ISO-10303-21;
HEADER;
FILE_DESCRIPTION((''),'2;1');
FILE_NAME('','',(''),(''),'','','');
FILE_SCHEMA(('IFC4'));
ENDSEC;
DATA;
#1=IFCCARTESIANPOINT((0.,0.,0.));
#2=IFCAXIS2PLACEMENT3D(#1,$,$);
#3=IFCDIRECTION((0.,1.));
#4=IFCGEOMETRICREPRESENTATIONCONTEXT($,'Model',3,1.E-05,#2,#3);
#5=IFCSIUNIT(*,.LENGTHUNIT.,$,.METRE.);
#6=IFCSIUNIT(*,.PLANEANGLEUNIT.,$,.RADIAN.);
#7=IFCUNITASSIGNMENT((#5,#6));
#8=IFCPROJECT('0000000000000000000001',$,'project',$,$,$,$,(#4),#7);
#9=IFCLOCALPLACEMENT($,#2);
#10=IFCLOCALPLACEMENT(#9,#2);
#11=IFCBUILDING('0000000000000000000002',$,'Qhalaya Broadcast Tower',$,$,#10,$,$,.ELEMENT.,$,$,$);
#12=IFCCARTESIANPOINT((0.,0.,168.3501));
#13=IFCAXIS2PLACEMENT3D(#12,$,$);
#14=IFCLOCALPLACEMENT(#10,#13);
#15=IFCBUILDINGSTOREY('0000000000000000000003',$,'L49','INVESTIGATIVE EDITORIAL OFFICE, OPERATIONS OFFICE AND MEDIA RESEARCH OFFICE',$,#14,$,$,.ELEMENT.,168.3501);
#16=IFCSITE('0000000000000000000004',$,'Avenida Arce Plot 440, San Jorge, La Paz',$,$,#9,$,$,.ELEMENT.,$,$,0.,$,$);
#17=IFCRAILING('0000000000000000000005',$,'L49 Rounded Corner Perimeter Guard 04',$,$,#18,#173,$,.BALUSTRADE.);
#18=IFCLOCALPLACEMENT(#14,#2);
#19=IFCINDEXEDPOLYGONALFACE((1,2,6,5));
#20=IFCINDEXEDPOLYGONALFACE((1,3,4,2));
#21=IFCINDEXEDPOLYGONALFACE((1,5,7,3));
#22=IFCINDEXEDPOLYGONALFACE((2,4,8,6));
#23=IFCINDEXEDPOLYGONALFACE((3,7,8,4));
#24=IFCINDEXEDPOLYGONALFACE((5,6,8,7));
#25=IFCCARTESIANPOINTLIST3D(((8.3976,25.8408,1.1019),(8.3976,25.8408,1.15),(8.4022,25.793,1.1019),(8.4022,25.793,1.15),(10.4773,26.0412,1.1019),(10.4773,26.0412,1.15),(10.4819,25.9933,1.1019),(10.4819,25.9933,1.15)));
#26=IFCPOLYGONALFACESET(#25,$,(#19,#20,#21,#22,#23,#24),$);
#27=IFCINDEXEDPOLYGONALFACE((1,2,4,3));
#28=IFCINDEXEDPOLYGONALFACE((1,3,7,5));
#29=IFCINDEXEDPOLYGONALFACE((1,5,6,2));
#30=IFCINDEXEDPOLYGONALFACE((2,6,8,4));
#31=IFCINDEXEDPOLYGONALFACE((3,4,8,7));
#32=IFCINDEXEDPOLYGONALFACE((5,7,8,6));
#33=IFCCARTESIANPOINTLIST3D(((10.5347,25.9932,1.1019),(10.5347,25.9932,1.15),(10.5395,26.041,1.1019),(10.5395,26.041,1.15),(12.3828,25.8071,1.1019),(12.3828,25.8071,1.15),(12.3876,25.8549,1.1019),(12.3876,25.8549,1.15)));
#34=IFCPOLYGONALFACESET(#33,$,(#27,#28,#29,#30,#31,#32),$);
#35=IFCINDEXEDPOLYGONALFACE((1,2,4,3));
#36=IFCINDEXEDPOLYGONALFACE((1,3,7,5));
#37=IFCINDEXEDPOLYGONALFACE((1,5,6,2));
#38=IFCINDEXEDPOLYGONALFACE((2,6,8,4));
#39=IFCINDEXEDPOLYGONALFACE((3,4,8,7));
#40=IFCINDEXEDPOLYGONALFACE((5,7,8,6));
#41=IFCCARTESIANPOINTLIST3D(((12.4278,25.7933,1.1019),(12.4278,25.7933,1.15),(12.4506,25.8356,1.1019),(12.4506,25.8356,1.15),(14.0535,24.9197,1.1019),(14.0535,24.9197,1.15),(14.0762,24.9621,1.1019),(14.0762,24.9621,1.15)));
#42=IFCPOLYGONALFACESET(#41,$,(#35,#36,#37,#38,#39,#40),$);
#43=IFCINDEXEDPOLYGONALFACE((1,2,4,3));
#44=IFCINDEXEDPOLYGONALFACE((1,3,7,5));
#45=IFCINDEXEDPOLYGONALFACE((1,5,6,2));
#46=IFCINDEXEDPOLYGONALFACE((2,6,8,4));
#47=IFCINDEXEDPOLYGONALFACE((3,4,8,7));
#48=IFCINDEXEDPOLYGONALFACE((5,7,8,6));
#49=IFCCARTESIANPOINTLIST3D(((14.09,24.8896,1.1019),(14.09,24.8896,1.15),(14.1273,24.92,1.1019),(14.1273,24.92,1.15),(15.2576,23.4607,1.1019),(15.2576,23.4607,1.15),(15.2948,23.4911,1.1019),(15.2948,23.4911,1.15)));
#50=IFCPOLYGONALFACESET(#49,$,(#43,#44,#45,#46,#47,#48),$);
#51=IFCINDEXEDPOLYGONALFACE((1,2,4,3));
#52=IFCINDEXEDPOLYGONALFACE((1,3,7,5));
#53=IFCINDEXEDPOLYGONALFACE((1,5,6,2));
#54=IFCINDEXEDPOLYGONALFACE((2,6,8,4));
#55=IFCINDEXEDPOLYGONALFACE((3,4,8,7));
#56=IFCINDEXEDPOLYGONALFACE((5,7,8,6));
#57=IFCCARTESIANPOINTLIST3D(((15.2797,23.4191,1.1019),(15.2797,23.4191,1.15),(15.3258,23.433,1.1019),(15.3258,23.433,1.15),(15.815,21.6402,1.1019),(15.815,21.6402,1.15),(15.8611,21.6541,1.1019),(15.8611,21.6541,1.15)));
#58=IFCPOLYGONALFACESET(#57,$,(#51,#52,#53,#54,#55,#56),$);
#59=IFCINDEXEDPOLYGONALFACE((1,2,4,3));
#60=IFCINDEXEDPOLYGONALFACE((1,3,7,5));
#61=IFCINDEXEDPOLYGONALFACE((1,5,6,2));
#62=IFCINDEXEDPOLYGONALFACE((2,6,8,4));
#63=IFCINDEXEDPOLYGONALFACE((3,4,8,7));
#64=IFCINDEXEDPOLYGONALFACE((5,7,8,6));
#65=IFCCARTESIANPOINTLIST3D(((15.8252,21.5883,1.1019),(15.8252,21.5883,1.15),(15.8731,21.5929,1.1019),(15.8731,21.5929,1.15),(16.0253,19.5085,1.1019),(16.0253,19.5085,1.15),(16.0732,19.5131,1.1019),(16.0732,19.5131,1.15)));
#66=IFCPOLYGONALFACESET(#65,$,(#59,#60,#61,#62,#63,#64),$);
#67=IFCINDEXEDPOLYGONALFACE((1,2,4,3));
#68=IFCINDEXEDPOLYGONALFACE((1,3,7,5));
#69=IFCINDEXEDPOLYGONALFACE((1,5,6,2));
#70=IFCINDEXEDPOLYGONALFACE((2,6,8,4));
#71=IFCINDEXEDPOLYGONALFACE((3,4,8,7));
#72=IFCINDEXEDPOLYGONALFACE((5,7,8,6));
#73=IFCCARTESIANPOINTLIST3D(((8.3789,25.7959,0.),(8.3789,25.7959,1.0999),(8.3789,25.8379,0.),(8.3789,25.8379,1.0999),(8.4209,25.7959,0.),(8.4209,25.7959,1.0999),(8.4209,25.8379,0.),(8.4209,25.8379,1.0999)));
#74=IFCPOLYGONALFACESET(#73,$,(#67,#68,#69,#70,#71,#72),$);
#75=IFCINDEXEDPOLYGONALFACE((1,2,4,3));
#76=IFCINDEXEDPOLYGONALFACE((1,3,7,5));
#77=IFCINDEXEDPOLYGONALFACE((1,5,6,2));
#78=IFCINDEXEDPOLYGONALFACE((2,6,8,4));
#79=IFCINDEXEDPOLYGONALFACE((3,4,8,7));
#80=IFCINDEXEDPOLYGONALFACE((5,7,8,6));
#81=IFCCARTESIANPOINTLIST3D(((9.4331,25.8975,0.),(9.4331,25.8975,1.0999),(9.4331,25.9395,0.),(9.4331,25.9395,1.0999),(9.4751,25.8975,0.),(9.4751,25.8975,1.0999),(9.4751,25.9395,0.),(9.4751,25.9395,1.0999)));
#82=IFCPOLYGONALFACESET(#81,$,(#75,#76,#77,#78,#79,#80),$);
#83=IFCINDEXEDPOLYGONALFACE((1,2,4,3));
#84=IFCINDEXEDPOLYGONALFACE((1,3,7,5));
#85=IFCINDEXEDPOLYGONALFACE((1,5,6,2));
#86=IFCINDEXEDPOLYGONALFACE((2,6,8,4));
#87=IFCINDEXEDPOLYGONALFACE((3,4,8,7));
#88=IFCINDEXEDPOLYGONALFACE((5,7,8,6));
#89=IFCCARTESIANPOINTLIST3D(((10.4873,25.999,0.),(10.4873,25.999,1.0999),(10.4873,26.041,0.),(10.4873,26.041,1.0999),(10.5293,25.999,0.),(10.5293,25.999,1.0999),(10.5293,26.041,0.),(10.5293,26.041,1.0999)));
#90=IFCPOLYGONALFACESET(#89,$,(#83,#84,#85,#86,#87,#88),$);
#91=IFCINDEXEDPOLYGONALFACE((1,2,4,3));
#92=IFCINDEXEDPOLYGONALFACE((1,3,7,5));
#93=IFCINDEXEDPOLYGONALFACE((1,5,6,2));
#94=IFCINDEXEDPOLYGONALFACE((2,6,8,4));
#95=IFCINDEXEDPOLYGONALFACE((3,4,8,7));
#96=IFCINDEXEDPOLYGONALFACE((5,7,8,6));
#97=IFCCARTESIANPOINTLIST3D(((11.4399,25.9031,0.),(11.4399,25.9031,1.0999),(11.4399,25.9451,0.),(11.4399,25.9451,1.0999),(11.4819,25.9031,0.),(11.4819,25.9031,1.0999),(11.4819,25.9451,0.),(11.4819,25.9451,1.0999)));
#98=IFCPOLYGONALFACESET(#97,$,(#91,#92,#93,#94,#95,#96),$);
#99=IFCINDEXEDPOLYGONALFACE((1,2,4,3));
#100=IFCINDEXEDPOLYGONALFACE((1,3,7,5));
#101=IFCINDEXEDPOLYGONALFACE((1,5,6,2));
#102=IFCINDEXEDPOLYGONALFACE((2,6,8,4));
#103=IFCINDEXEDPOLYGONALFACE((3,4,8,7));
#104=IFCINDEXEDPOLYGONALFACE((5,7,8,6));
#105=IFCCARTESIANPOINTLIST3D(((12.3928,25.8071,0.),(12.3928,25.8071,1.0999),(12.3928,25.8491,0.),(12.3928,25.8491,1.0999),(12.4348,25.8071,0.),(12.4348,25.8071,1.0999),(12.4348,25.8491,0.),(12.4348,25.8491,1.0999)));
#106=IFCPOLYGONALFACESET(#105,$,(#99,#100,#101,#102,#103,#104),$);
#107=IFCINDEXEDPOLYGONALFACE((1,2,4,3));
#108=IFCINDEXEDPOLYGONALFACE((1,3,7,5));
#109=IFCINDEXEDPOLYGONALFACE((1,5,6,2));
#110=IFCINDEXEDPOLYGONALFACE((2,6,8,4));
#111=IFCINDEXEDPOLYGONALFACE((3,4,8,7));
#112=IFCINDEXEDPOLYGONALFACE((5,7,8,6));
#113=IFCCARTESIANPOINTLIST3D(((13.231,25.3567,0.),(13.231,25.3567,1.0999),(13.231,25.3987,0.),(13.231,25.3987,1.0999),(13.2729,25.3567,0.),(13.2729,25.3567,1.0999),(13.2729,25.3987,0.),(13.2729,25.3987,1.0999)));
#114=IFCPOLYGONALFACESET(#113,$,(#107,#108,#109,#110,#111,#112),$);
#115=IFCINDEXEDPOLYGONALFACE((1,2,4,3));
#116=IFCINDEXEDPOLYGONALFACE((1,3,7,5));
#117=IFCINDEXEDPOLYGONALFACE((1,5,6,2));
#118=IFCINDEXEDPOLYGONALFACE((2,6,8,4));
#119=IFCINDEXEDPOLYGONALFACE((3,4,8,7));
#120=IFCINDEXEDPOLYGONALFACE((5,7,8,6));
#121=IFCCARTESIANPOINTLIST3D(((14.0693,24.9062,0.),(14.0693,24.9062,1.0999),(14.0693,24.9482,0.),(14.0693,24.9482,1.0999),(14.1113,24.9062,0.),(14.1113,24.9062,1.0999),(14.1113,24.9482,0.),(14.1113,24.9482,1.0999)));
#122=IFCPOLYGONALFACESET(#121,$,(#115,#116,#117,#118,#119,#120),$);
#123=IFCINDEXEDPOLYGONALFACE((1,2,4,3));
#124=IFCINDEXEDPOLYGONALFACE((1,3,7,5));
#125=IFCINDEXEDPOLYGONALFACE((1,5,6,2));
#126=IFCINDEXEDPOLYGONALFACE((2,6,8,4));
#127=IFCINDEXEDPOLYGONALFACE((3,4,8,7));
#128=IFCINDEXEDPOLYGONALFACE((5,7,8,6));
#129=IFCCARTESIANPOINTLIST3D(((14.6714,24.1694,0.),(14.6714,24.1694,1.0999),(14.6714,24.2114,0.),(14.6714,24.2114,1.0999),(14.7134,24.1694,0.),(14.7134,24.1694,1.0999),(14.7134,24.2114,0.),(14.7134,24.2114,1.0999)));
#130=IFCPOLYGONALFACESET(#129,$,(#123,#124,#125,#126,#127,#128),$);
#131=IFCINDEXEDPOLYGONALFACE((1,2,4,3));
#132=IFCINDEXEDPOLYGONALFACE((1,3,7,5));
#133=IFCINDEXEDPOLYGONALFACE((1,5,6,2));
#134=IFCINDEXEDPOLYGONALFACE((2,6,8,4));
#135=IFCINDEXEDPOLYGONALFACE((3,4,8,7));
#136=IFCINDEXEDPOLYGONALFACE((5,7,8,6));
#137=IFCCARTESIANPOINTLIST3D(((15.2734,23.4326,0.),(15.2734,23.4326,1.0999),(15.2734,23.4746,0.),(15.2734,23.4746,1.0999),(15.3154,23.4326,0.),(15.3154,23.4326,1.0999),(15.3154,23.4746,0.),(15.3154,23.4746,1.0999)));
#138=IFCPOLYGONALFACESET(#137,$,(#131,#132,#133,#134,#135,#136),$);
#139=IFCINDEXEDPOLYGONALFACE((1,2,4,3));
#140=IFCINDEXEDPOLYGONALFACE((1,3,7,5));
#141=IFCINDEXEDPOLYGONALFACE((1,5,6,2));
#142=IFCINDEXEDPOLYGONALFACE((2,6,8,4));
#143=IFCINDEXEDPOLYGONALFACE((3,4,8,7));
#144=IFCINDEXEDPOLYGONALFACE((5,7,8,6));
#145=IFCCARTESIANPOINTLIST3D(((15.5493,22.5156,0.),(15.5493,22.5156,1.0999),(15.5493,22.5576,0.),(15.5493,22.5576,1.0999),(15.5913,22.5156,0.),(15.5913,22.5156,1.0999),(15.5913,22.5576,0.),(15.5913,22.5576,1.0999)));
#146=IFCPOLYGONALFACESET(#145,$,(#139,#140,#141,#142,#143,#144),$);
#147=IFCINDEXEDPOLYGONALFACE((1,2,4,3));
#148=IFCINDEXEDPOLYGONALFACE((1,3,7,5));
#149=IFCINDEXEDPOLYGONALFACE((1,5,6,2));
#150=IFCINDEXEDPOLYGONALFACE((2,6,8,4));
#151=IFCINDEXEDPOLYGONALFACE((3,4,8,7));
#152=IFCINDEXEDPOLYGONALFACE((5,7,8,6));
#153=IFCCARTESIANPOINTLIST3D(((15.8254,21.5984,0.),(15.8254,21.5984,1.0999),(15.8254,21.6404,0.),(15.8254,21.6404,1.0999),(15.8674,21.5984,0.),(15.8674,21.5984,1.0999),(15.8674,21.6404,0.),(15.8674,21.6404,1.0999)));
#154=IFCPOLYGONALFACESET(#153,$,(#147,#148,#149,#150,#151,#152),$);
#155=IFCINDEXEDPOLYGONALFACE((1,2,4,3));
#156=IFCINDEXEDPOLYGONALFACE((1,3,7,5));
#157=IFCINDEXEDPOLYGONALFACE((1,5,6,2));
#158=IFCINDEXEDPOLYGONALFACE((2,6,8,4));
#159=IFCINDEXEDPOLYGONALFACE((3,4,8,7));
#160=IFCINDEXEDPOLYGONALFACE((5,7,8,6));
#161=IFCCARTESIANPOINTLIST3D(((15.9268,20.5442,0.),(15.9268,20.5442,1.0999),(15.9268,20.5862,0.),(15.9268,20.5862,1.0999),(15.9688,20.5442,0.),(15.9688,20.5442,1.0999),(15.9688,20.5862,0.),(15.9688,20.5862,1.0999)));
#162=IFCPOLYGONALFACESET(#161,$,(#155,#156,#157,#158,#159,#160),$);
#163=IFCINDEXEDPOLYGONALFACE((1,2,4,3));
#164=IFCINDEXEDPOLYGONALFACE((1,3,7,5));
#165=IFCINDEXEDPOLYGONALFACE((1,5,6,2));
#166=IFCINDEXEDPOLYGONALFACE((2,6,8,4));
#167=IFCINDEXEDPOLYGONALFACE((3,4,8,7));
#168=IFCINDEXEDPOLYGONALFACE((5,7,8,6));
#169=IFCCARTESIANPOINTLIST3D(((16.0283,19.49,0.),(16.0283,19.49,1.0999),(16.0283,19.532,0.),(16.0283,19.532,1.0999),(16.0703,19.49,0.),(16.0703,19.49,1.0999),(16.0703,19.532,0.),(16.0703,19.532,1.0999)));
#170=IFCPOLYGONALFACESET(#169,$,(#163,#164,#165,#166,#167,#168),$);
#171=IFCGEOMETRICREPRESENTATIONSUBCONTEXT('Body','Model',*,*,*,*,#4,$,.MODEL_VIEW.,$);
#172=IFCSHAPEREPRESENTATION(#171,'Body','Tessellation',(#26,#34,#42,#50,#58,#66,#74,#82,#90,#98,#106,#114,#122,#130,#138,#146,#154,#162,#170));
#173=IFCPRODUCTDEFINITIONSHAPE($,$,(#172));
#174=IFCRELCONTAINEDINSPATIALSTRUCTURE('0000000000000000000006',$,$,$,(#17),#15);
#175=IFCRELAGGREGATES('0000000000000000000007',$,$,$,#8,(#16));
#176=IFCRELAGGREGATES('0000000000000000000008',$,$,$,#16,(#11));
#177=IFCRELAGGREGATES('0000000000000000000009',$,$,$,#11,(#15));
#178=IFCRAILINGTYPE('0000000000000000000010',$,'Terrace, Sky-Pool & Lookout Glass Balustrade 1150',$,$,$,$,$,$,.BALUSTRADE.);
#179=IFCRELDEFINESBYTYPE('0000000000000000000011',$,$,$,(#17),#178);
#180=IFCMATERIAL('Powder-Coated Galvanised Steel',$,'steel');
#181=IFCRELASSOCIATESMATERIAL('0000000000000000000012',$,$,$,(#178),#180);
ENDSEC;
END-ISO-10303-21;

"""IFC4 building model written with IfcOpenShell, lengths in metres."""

from ifc_helpers import new_model, si_unit, direction, frame, origin, origin_2d, place, context, subcontext, project, spatial, rectangle, extrude, material, type_object, element, save


model = new_model("IFC4")

# Units and contexts
model_context = context("Model", 3, precision=1e-05, world=origin(), true_north=direction((0.0, 1.0)))
body_context = subcontext(model_context, "Body", "Model", "MODEL_VIEW")
ifc_project = project(units=[si_unit("LENGTHUNIT", "METRE"), si_unit("PLANEANGLEUNIT", "RADIAN")], contexts=[model_context])

# Site, building, storey
site_placement = place(None, origin())
site = spatial("IfcSite", under=ifc_project, at=site_placement, Name="Avenida Arce Plot 440, San Jorge, La Paz", CompositionType="ELEMENT", RefElevation=0.0)
building_placement = place(site_placement, origin())
building = spatial("IfcBuilding", under=site, at=building_placement, Name="Qhalaya Broadcast Tower", CompositionType="ELEMENT")
storey_placement = place(building_placement, frame((0.0, 0.0, 168.3501)))
storey = spatial("IfcBuildingStorey", under=building, at=storey_placement, Name="L49", Description="INVESTIGATIVE EDITORIAL OFFICE, OPERATIONS OFFICE AND MEDIA RESEARCH OFFICE", CompositionType="ELEMENT", Elevation=168.3501)

# Railing
ifc_material_1 = material(Name="Powder-Coated Galvanised Steel", Category="steel")
railing_type = type_object("IfcRailingType", Name="Terrace, Sky-Pool & Lookout Glass Balustrade 1150", PredefinedType="BALUSTRADE", material=ifc_material_1)
railing_placement = place(storey_placement, frame((8.3999, 25.8169, 0.0)))
element("IfcRailing", 1, at=railing_placement, inside=storey, type_object=railing_type, Name="L49 Rounded Corner Perimeter Guard 04", PredefinedType="BALUSTRADE", context=body_context, shape_type="SweptSolid", body=[
    extrude(rectangle(XDim=0.0481, YDim=0.0481, at=origin_2d()), frame((0.0, 0.0, 1.126), z_axis=(0.995391, 0.095897, 0.0), x_axis=(-0.095897, 0.995391, 0.0)), (0.0, 0.0, 1.0), 2.0894),
    extrude(rectangle(XDim=0.0481, YDim=0.0481, at=origin_2d()), frame((2.1372, 0.2002, 1.126), z_axis=(0.994968, -0.100198, 0.0), x_axis=(0.100198, 0.994968, 0.0)), (0.0, 0.0, 1.0), 1.8574),
    extrude(rectangle(XDim=0.0481, YDim=0.0481, at=origin_2d()), frame((4.0393, -0.0024, 1.126), z_axis=(0.880879, -0.473342, 0.0), x_axis=(0.473342, 0.880879, 0.0)), (0.0, 0.0, 1.0), 1.8455),
    extrude(rectangle(XDim=0.0481, YDim=0.0481, at=origin_2d()), frame((5.7087, -0.9121, 1.126), z_axis=(0.632735, -0.774369, 0.0), x_axis=(0.774369, 0.632735, 0.0)), (0.0, 0.0, 1.0), 1.8452),
    extrude(rectangle(XDim=0.0481, YDim=0.0481, at=origin_2d()), frame((6.9028, -2.3909, 1.126), z_axis=(0.288178, -0.957577, 0.0), x_axis=(0.957577, 0.288178, 0.0)), (0.0, 0.0, 1.0), 1.8577),
    extrude(rectangle(XDim=0.0481, YDim=0.0481, at=origin_2d()), frame((7.4492, -4.2263, 1.126), z_axis=(0.095783, -0.995402, 0.0), x_axis=(0.995402, 0.095783, 0.0)), (0.0, 0.0, 1.0), 2.0894),
    extrude(rectangle(XDim=0.042, YDim=0.042, at=origin_2d()), origin(), (0.0, 0.0, 1.0), 1.0999),
    extrude(rectangle(XDim=0.042, YDim=0.042, at=origin_2d()), frame((1.0542, 0.1016, 0.0)), (0.0, 0.0, 1.0), 1.0999),
    extrude(rectangle(XDim=0.042, YDim=0.042, at=origin_2d()), frame((2.1084, 0.2031, 0.0)), (0.0, 0.0, 1.0), 1.0999),
    extrude(rectangle(XDim=0.042, YDim=0.042, at=origin_2d()), frame((3.061, 0.1072, 0.0)), (0.0, 0.0, 1.0), 1.0999),
    extrude(rectangle(XDim=0.042, YDim=0.042, at=origin_2d()), frame((4.0139, 0.0112, 0.0)), (0.0, 0.0, 1.0), 1.0999),
    extrude(rectangle(XDim=0.042, YDim=0.042, at=origin_2d()), frame((4.8521, -0.4392, 0.0)), (0.0, 0.0, 1.0), 1.0999),
    extrude(rectangle(XDim=0.042, YDim=0.042, at=origin_2d()), frame((5.6904, -0.8896, 0.0)), (0.0, 0.0, 1.0), 1.0999),
    extrude(rectangle(XDim=0.042, YDim=0.042, at=origin_2d()), frame((6.2925, -1.6265, 0.0)), (0.0, 0.0, 1.0), 1.0999),
    extrude(rectangle(XDim=0.042, YDim=0.042, at=origin_2d()), frame((6.8945, -2.3633, 0.0)), (0.0, 0.0, 1.0), 1.0999),
    extrude(rectangle(XDim=0.042, YDim=0.042, at=origin_2d()), frame((7.1704, -3.2803, 0.0)), (0.0, 0.0, 1.0), 1.0999),
    extrude(rectangle(XDim=0.042, YDim=0.042, at=origin_2d()), frame((7.4465, -4.1975, 0.0)), (0.0, 0.0, 1.0), 1.0999),
    extrude(rectangle(XDim=0.042, YDim=0.042, at=origin_2d()), frame((7.5479, -5.2517, 0.0)), (0.0, 0.0, 1.0), 1.0999),
    extrude(rectangle(XDim=0.042, YDim=0.042, at=origin_2d()), frame((7.6494, -6.3059, 0.0)), (0.0, 0.0, 1.0), 1.0999),
])

save(model, "model.ifc")
